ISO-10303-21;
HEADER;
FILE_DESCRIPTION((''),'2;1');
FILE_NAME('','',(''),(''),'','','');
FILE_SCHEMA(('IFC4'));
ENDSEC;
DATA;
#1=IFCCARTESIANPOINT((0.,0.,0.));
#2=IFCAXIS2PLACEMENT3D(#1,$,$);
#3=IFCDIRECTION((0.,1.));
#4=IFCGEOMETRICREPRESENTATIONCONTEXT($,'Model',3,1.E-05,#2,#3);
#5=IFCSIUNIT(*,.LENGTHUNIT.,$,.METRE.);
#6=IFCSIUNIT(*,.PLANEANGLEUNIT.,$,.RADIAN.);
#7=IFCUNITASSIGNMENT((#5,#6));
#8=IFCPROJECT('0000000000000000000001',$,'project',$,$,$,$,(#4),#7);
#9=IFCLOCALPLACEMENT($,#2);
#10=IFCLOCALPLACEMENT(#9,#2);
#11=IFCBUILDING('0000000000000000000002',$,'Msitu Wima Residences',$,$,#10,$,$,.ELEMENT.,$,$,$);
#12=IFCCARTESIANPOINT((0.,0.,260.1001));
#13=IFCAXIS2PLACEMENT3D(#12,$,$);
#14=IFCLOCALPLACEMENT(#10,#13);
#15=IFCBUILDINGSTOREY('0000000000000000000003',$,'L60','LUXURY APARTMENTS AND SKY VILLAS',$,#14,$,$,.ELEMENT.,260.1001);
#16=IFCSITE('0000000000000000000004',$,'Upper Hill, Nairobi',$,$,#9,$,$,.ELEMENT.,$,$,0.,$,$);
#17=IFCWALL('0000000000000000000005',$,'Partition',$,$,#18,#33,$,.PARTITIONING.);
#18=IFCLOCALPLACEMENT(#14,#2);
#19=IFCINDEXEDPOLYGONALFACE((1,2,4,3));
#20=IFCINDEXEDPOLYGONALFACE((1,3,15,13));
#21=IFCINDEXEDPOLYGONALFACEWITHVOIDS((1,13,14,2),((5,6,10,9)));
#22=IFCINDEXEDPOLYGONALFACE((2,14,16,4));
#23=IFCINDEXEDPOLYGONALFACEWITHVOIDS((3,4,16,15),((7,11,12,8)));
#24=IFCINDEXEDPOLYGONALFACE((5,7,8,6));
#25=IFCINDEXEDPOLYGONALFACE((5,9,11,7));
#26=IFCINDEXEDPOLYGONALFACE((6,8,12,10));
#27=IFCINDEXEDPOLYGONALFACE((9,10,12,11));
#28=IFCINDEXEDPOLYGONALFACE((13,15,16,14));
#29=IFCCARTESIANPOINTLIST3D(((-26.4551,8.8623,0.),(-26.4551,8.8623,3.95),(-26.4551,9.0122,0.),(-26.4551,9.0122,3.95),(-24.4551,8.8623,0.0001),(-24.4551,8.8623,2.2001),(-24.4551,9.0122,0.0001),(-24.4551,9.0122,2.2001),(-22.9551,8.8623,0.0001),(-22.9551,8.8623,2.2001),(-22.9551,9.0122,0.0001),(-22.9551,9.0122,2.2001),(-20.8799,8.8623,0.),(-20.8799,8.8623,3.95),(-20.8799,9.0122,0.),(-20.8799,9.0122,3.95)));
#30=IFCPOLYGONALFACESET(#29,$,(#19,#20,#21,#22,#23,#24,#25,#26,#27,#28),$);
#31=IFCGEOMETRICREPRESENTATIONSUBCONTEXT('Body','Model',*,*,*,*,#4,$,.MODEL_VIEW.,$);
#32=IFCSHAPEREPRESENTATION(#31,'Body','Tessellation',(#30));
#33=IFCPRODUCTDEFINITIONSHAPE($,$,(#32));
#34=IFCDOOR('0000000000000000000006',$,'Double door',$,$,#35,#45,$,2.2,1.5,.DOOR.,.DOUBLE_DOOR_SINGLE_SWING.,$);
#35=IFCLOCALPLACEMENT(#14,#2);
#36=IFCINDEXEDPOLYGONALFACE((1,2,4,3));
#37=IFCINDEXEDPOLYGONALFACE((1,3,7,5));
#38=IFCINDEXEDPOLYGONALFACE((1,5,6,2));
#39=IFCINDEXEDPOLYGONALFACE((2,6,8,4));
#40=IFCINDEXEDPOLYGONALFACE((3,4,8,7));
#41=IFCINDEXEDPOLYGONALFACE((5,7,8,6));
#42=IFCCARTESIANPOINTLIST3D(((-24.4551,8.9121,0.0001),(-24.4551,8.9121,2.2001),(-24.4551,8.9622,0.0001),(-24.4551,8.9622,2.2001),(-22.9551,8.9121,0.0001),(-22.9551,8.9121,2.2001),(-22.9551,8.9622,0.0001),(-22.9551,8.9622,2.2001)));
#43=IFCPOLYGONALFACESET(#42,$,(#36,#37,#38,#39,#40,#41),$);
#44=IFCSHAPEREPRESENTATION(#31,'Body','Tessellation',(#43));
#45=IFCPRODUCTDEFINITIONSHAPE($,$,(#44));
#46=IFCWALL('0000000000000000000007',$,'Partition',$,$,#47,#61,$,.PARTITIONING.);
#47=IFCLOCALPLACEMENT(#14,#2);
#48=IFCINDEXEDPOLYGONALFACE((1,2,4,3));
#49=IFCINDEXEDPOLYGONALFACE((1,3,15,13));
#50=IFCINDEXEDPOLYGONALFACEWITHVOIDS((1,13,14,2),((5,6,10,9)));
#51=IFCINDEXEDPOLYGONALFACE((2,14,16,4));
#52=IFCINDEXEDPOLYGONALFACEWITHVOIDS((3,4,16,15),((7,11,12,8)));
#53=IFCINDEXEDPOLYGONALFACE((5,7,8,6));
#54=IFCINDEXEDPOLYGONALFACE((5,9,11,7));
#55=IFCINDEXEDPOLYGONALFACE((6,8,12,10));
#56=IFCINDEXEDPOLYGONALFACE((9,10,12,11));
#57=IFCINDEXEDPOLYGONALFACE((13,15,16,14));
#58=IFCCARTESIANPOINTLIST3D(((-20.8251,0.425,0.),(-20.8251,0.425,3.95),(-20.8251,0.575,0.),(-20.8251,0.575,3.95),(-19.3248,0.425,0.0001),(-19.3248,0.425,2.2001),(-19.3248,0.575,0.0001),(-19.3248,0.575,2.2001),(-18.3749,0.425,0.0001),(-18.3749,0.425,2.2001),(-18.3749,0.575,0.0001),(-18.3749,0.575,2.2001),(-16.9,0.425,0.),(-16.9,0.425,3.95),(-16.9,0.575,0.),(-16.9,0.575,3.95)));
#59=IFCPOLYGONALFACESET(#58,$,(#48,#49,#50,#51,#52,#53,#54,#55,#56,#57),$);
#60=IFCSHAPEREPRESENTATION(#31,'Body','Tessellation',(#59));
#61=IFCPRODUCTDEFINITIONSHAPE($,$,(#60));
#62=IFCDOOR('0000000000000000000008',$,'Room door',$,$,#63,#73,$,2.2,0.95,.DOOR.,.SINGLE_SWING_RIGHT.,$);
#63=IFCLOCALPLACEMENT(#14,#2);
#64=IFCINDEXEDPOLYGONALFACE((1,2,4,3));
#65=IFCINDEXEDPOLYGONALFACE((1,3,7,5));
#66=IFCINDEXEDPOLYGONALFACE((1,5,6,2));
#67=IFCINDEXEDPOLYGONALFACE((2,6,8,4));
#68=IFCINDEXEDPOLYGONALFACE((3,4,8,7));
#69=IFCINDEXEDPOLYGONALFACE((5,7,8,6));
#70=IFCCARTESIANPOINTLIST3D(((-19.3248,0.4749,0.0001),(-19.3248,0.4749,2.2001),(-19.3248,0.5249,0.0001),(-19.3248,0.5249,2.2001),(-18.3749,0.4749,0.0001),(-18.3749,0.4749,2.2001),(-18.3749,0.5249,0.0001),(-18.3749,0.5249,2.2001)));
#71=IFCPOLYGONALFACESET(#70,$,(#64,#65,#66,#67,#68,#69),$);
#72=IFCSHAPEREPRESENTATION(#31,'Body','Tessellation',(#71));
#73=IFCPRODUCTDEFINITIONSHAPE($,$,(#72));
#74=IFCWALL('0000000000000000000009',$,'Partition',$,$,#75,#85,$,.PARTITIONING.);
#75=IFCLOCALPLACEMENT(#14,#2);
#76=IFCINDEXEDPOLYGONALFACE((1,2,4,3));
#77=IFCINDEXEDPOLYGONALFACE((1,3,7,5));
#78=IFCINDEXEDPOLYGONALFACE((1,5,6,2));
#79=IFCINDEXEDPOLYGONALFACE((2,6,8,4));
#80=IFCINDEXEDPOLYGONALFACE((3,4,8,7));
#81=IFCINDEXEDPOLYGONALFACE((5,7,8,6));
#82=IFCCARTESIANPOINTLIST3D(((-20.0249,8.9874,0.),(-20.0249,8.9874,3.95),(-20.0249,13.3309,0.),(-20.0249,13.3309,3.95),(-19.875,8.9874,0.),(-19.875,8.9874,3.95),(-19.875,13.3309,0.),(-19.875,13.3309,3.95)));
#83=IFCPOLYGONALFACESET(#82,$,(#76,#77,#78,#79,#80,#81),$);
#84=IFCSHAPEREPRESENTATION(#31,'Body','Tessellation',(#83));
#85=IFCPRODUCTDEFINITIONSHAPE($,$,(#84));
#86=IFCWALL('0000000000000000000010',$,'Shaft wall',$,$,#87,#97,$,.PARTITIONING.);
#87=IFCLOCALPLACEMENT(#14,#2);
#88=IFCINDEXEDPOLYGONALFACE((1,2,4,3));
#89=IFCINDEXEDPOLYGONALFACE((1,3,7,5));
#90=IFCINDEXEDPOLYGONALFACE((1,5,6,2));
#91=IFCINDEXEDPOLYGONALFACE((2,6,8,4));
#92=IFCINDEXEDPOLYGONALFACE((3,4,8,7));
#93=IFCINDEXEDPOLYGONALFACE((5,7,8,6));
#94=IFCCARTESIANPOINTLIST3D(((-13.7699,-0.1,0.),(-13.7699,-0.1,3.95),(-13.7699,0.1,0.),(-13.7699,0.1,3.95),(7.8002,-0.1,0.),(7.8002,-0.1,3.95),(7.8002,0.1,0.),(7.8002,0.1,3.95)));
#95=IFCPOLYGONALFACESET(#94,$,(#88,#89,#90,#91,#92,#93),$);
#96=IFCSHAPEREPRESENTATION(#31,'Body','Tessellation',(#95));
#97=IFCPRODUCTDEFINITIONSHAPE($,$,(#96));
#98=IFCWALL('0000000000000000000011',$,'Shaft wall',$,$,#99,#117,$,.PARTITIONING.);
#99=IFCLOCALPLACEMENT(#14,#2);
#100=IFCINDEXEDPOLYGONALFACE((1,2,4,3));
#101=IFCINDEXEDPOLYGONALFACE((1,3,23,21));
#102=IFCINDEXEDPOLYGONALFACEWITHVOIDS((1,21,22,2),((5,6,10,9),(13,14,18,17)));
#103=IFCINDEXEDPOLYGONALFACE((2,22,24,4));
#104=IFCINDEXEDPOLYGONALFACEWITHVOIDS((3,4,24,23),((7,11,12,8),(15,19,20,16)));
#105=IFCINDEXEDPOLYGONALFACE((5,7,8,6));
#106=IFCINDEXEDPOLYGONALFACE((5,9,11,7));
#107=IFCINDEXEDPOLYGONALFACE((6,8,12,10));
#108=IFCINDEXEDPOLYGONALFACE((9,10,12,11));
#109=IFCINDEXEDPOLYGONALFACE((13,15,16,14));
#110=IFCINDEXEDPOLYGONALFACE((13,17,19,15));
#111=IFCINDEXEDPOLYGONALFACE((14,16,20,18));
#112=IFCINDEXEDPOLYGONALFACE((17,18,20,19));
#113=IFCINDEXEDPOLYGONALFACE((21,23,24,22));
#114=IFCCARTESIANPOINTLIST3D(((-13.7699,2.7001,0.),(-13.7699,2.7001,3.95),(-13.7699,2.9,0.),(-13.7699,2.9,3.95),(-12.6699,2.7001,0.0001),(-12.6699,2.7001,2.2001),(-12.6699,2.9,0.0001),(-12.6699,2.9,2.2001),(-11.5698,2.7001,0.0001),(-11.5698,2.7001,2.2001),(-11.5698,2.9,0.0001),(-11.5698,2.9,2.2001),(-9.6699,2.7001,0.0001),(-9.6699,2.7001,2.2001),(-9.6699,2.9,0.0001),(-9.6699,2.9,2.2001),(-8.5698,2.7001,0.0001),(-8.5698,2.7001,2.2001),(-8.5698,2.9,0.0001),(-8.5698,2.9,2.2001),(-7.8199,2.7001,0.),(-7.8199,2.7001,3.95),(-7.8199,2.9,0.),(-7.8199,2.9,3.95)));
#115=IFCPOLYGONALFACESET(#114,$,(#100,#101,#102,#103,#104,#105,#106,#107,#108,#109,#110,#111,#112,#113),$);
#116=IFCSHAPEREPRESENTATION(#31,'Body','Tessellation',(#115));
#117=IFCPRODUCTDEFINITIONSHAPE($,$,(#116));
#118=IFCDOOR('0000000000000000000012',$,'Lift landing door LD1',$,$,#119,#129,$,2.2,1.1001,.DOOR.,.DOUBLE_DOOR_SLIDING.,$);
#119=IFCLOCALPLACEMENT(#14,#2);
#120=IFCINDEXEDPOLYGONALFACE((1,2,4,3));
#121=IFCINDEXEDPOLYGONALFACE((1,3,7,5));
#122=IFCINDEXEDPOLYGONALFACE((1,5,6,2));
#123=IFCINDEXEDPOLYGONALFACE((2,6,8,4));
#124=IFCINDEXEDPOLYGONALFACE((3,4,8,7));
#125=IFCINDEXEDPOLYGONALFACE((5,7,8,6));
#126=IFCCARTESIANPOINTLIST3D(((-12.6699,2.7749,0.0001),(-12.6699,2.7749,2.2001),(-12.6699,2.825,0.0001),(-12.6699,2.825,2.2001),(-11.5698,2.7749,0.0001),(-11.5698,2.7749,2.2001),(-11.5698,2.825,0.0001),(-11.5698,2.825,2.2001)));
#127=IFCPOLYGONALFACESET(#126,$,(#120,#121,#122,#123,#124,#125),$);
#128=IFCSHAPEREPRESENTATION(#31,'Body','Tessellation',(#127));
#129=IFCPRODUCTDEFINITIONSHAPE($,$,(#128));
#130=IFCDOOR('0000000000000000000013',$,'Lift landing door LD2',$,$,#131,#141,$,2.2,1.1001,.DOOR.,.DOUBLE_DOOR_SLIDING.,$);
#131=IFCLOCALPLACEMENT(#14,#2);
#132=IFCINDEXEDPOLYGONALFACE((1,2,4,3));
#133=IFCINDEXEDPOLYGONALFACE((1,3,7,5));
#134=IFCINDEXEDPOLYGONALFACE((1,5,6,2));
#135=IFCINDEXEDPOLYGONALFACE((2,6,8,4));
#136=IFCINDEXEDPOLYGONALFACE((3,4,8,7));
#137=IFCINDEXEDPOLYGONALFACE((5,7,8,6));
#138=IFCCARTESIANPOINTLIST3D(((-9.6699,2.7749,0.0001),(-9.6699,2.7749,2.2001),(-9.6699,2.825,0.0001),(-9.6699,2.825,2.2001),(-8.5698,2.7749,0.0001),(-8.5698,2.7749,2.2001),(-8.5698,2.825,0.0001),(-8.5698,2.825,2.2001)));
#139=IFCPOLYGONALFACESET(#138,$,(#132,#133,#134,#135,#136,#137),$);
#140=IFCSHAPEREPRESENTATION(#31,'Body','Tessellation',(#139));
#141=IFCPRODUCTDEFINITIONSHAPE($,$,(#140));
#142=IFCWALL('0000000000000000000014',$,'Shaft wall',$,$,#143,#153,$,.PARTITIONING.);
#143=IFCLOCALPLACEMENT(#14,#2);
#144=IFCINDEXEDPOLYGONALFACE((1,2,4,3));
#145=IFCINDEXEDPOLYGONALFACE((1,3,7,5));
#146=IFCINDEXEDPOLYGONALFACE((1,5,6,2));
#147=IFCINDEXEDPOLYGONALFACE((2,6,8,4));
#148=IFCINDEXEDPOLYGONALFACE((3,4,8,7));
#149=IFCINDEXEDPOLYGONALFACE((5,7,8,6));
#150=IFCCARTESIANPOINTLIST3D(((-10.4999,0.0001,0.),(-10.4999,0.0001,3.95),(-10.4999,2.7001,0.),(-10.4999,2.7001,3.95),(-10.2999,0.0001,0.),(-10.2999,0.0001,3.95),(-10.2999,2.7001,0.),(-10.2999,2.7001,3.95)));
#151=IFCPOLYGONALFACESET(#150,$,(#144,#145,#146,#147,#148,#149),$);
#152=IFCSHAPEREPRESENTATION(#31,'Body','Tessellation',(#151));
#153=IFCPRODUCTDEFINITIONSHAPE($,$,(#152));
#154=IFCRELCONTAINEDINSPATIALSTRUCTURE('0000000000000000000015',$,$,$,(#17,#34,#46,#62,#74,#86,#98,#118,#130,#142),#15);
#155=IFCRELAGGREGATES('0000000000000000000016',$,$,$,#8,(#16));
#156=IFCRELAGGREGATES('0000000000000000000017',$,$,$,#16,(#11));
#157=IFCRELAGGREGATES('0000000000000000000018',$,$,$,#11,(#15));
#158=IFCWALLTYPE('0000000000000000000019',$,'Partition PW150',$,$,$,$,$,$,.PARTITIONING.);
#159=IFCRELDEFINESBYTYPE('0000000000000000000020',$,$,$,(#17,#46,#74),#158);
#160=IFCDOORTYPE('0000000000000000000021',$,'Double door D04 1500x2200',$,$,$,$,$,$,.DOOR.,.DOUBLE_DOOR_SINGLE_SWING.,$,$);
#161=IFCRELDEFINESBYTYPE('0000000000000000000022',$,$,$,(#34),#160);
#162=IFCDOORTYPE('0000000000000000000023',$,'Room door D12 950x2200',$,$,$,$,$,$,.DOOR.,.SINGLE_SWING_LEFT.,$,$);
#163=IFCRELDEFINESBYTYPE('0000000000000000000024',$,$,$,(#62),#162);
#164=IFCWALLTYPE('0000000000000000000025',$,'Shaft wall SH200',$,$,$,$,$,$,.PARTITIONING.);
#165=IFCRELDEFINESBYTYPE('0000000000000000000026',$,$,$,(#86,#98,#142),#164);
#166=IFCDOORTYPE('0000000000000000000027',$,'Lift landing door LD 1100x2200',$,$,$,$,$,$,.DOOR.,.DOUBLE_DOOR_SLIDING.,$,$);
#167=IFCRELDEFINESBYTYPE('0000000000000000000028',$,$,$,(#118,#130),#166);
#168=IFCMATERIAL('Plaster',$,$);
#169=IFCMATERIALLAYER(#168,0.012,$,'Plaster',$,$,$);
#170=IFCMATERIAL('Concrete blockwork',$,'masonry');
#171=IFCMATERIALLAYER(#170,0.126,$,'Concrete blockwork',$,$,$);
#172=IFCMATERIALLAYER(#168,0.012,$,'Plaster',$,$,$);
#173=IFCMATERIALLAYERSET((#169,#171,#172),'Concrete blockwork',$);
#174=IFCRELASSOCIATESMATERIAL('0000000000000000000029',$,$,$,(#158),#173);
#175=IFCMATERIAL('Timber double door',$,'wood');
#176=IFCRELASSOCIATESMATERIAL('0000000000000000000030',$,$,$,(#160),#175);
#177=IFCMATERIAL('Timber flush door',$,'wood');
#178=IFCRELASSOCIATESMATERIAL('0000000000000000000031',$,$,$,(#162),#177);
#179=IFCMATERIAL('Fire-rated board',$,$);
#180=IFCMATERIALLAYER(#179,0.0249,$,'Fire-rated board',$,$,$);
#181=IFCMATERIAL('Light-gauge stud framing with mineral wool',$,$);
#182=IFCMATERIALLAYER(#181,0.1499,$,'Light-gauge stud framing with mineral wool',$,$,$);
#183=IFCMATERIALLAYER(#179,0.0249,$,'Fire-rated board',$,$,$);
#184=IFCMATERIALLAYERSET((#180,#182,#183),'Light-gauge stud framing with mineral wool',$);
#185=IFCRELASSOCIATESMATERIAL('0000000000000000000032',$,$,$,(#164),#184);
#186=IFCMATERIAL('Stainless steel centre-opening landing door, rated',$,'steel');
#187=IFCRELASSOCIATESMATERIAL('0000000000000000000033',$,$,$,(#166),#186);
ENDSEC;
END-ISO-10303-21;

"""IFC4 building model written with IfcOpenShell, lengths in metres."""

from ifc_helpers import new_model, si_unit, direction, frame, frame_2d, origin, place, context, subcontext, project, spatial, rectangle, extrude, material, layer, layer_set, type_object, element, fill, save


model = new_model("IFC4")

# Units and contexts
model_context = context("Model", 3, precision=1e-05, world=origin(), true_north=direction((0.0, 1.0)))
body_context = subcontext(model_context, "Body", "Model", "MODEL_VIEW")
ifc_project = project(units=[si_unit("LENGTHUNIT", "METRE"), si_unit("PLANEANGLEUNIT", "RADIAN")], contexts=[model_context])

# Site, building, storey
site_placement = place(None, origin())
site = spatial("IfcSite", under=ifc_project, at=site_placement, Name="Upper Hill, Nairobi", CompositionType="ELEMENT", RefElevation=0.0)
building_placement = place(site_placement, origin())
building = spatial("IfcBuilding", under=site, at=building_placement, Name="Msitu Wima Residences", CompositionType="ELEMENT")
storey_placement = place(building_placement, frame((0.0, 0.0, 260.1001)))
storey = spatial("IfcBuildingStorey", under=building, at=storey_placement, Name="L60", Description="LUXURY APARTMENTS AND SKY VILLAS", CompositionType="ELEMENT", Elevation=260.1001)

# Walls, openings, doors
ifc_material_1 = material(Name="Plaster")
ifc_layer_1 = layer(ifc_material_1, 0.012, Name="Plaster")
ifc_material_2 = material(Name="Concrete blockwork", Category="masonry")
ifc_layer_2 = layer(ifc_material_2, 0.126, Name="Concrete blockwork")
ifc_layer_3 = layer(ifc_material_1, 0.012, Name="Plaster")
ifc_layer_set_1 = layer_set([ifc_layer_1, ifc_layer_2, ifc_layer_3], Name="Concrete blockwork")
wall_type_1 = type_object("IfcWallType", Name="Partition PW150", PredefinedType="PARTITIONING", material=ifc_layer_set_1)
ifc_material_3 = material(Name="Timber double door", Category="wood")
door_type_1 = type_object("IfcDoorType", Name="Double door D04 1500x2200", OperationType="DOUBLE_DOOR_SINGLE_SWING", PredefinedType="DOOR", material=ifc_material_3)
wall_1_placement = place(storey_placement, frame((-26.4551, 8.9373, 0.0), z_axis=(0.0, 0.0, 1.0), x_axis=(1.0, 0.0, 0.0)))
wall_1 = element("IfcWall", 1, at=wall_1_placement, inside=storey, type_object=wall_type_1, Name="Partition", PredefinedType="PARTITIONING", context=body_context, shape_type="SweptSolid", body=[
    extrude(rectangle(XDim=5.5752, YDim=0.1499, at=frame_2d((2.7876, 0.0))), origin(), (0.0, 0.0, 1.0), 3.95),
])
opening_1_placement = place(wall_1_placement, frame((2.0, 0.0, 0.0)))
opening_1 = element("IfcOpeningElement", 2, at=opening_1_placement, cuts=wall_1, PredefinedType="OPENING", context=body_context, shape_type="SweptSolid", body=[
    extrude(rectangle(XDim=1.5, YDim=2.2, at=frame_2d((0.75, 1.1001))), frame((0.0, 0.085, 0.0), z_axis=(0.0, -1.0, 0.0), x_axis=(1.0, 0.0, 0.0)), (0.0, 0.0, 1.0), 0.1699),
])
door_1_placement = place(opening_1_placement, origin())
door_1 = element("IfcDoor", 3, at=door_1_placement, inside=storey, type_object=door_type_1, Name="Double door", OperationType="DOUBLE_DOOR_SINGLE_SWING", OverallHeight=2.2, OverallWidth=1.5, PredefinedType="DOOR", context=body_context, shape_type="SweptSolid", body=[
    extrude(rectangle(XDim=1.5, YDim=2.2, at=frame_2d((0.75, 1.1001))), frame((0.0, 0.0249, 0.0), z_axis=(0.0, -1.0, 0.0), x_axis=(1.0, 0.0, 0.0)), (0.0, 0.0, 1.0), 0.05),
])
fill(opening_1, door_1)
wall_2_placement = place(storey_placement, frame((-20.825, 0.5, 0.0), z_axis=(0.0, 0.0, 1.0), x_axis=(1.0, 0.0, 0.0)))
wall_2 = element("IfcWall", 4, at=wall_2_placement, inside=storey, type_object=wall_type_1, Name="Partition", PredefinedType="PARTITIONING", context=body_context, shape_type="SweptSolid", body=[
    extrude(rectangle(XDim=3.925, YDim=0.1499, at=frame_2d((1.9624, 0.0))), origin(), (0.0, 0.0, 1.0), 3.95),
])
opening_2_placement = place(wall_2_placement, frame((1.5, 0.0, 0.0)))
opening_2 = element("IfcOpeningElement", 5, at=opening_2_placement, cuts=wall_2, PredefinedType="OPENING", context=body_context, shape_type="SweptSolid", body=[
    extrude(rectangle(XDim=0.95, YDim=2.2, at=frame_2d((0.4751, 1.1001))), frame((0.0, 0.085, 0.0), z_axis=(0.0, -1.0, 0.0), x_axis=(1.0, 0.0, 0.0)), (0.0, 0.0, 1.0), 0.1699),
])
ifc_material_4 = material(Name="Timber flush door", Category="wood")
door_type_2 = type_object("IfcDoorType", Name="Room door D12 950x2200", OperationType="SINGLE_SWING_LEFT", PredefinedType="DOOR", material=ifc_material_4)
door_2_placement = place(opening_2_placement, origin())
door_2 = element("IfcDoor", 6, at=door_2_placement, inside=storey, type_object=door_type_2, Name="Room door", OperationType="SINGLE_SWING_RIGHT", OverallHeight=2.2, OverallWidth=0.95, PredefinedType="DOOR", context=body_context, shape_type="SweptSolid", body=[
    extrude(rectangle(XDim=0.95, YDim=2.2, at=frame_2d((0.4751, 1.1001))), frame((0.0, 0.0249, 0.0), z_axis=(0.0, -1.0, 0.0), x_axis=(1.0, 0.0, 0.0)), (0.0, 0.0, 1.0), 0.05),
])
fill(opening_2, door_2)

# Walls
wall_3_placement = place(storey_placement, frame((-19.95, 8.9873, 0.0), z_axis=(0.0, 0.0, 1.0), x_axis=(0.0, 1.0, 0.0)))
element("IfcWall", 7, at=wall_3_placement, inside=storey, type_object=wall_type_1, Name="Partition", PredefinedType="PARTITIONING", context=body_context, shape_type="SweptSolid", body=[
    extrude(rectangle(XDim=4.3435, YDim=0.1499, at=frame_2d((2.1719, 0.0))), origin(), (0.0, 0.0, 1.0), 3.95),
])
ifc_material_5 = material(Name="Fire-rated board")
ifc_layer_4 = layer(ifc_material_5, 0.0249, Name="Fire-rated board")
ifc_material_6 = material(Name="Light-gauge stud framing with mineral wool")
ifc_layer_5 = layer(ifc_material_6, 0.1499, Name="Light-gauge stud framing with mineral wool")
ifc_layer_6 = layer(ifc_material_5, 0.0249, Name="Fire-rated board")
ifc_layer_set_2 = layer_set([ifc_layer_4, ifc_layer_5, ifc_layer_6], Name="Light-gauge stud framing with mineral wool")
wall_type_2 = type_object("IfcWallType", Name="Shaft wall SH200", PredefinedType="PARTITIONING", material=ifc_layer_set_2)
wall_4_placement = place(storey_placement, frame((-13.77, 0.0, 0.0), z_axis=(0.0, 0.0, 1.0), x_axis=(1.0, 0.0, 0.0)))
element("IfcWall", 8, at=wall_4_placement, inside=storey, type_object=wall_type_2, Name="Shaft wall", PredefinedType="PARTITIONING", context=body_context, shape_type="SweptSolid", body=[
    extrude(rectangle(XDim=21.5701, YDim=0.2, at=frame_2d((10.7852, 0.0))), origin(), (0.0, 0.0, 1.0), 3.95),
])

# Wall, openings, doors
wall_5_placement = place(storey_placement, frame((-13.77, 2.8, 0.0), z_axis=(0.0, 0.0, 1.0), x_axis=(1.0, 0.0, 0.0)))
wall_5 = element("IfcWall", 9, at=wall_5_placement, inside=storey, type_object=wall_type_2, Name="Shaft wall", PredefinedType="PARTITIONING", context=body_context, shape_type="SweptSolid", body=[
    extrude(rectangle(XDim=5.95, YDim=0.2, at=frame_2d((2.9751, 0.0))), origin(), (0.0, 0.0, 1.0), 3.95),
])
opening_3_placement = place(wall_5_placement, frame((1.1001, 0.0, 0.0)))
opening_3 = element("IfcOpeningElement", 10, at=opening_3_placement, cuts=wall_5, PredefinedType="OPENING", context=body_context, shape_type="SweptSolid", body=[
    extrude(rectangle(XDim=1.1001, YDim=2.2, at=frame_2d((0.55, 1.1001))), frame((0.0, 0.1099, 0.0), z_axis=(0.0, -1.0, 0.0), x_axis=(1.0, 0.0, 0.0)), (0.0, 0.0, 1.0), 0.22),
])
opening_4_placement = place(wall_5_placement, frame((4.1001, 0.0, 0.0)))
opening_4 = element("IfcOpeningElement", 11, at=opening_4_placement, cuts=wall_5, PredefinedType="OPENING", context=body_context, shape_type="SweptSolid", body=[
    extrude(rectangle(XDim=1.1001, YDim=2.2, at=frame_2d((0.55, 1.1001))), frame((0.0, 0.1099, 0.0), z_axis=(0.0, -1.0, 0.0), x_axis=(1.0, 0.0, 0.0)), (0.0, 0.0, 1.0), 0.22),
])
ifc_material_7 = material(Name="Stainless steel centre-opening landing door, rated", Category="steel")
door_type_3 = type_object("IfcDoorType", Name="Lift landing door LD 1100x2200", OperationType="DOUBLE_DOOR_SLIDING", PredefinedType="DOOR", material=ifc_material_7)
door_3_placement = place(opening_3_placement, origin())
door_3 = element("IfcDoor", 12, at=door_3_placement, inside=storey, type_object=door_type_3, Name="Lift landing door LD1", OperationType="DOUBLE_DOOR_SLIDING", OverallHeight=2.2, OverallWidth=1.1001, PredefinedType="DOOR", context=body_context, shape_type="SweptSolid", body=[
    extrude(rectangle(XDim=1.1001, YDim=2.2, at=frame_2d((0.55, 1.1001))), frame((0.0, 0.0249, 0.0), z_axis=(0.0, -1.0, 0.0), x_axis=(1.0, 0.0, 0.0)), (0.0, 0.0, 1.0), 0.05),
])
fill(opening_3, door_3)
door_4_placement = place(opening_4_placement, origin())
door_4 = element("IfcDoor", 13, at=door_4_placement, inside=storey, type_object=door_type_3, Name="Lift landing door LD2", OperationType="DOUBLE_DOOR_SLIDING", OverallHeight=2.2, OverallWidth=1.1001, PredefinedType="DOOR", context=body_context, shape_type="SweptSolid", body=[
    extrude(rectangle(XDim=1.1001, YDim=2.2, at=frame_2d((0.55, 1.1001))), frame((0.0, 0.0249, 0.0), z_axis=(0.0, -1.0, 0.0), x_axis=(1.0, 0.0, 0.0)), (0.0, 0.0, 1.0), 0.05),
])
fill(opening_4, door_4)

# Wall
wall_6_placement = place(storey_placement, frame((-10.3999, 0.0, 0.0), z_axis=(0.0, 0.0, 1.0), x_axis=(0.0, 1.0, 0.0)))
element("IfcWall", 14, at=wall_6_placement, inside=storey, type_object=wall_type_2, Name="Shaft wall", PredefinedType="PARTITIONING", context=body_context, shape_type="SweptSolid", body=[
    extrude(rectangle(XDim=2.7, YDim=0.2, at=frame_2d((1.3501, 0.0))), origin(), (0.0, 0.0, 1.0), 3.95),
])

save(model, "model.ifc")
